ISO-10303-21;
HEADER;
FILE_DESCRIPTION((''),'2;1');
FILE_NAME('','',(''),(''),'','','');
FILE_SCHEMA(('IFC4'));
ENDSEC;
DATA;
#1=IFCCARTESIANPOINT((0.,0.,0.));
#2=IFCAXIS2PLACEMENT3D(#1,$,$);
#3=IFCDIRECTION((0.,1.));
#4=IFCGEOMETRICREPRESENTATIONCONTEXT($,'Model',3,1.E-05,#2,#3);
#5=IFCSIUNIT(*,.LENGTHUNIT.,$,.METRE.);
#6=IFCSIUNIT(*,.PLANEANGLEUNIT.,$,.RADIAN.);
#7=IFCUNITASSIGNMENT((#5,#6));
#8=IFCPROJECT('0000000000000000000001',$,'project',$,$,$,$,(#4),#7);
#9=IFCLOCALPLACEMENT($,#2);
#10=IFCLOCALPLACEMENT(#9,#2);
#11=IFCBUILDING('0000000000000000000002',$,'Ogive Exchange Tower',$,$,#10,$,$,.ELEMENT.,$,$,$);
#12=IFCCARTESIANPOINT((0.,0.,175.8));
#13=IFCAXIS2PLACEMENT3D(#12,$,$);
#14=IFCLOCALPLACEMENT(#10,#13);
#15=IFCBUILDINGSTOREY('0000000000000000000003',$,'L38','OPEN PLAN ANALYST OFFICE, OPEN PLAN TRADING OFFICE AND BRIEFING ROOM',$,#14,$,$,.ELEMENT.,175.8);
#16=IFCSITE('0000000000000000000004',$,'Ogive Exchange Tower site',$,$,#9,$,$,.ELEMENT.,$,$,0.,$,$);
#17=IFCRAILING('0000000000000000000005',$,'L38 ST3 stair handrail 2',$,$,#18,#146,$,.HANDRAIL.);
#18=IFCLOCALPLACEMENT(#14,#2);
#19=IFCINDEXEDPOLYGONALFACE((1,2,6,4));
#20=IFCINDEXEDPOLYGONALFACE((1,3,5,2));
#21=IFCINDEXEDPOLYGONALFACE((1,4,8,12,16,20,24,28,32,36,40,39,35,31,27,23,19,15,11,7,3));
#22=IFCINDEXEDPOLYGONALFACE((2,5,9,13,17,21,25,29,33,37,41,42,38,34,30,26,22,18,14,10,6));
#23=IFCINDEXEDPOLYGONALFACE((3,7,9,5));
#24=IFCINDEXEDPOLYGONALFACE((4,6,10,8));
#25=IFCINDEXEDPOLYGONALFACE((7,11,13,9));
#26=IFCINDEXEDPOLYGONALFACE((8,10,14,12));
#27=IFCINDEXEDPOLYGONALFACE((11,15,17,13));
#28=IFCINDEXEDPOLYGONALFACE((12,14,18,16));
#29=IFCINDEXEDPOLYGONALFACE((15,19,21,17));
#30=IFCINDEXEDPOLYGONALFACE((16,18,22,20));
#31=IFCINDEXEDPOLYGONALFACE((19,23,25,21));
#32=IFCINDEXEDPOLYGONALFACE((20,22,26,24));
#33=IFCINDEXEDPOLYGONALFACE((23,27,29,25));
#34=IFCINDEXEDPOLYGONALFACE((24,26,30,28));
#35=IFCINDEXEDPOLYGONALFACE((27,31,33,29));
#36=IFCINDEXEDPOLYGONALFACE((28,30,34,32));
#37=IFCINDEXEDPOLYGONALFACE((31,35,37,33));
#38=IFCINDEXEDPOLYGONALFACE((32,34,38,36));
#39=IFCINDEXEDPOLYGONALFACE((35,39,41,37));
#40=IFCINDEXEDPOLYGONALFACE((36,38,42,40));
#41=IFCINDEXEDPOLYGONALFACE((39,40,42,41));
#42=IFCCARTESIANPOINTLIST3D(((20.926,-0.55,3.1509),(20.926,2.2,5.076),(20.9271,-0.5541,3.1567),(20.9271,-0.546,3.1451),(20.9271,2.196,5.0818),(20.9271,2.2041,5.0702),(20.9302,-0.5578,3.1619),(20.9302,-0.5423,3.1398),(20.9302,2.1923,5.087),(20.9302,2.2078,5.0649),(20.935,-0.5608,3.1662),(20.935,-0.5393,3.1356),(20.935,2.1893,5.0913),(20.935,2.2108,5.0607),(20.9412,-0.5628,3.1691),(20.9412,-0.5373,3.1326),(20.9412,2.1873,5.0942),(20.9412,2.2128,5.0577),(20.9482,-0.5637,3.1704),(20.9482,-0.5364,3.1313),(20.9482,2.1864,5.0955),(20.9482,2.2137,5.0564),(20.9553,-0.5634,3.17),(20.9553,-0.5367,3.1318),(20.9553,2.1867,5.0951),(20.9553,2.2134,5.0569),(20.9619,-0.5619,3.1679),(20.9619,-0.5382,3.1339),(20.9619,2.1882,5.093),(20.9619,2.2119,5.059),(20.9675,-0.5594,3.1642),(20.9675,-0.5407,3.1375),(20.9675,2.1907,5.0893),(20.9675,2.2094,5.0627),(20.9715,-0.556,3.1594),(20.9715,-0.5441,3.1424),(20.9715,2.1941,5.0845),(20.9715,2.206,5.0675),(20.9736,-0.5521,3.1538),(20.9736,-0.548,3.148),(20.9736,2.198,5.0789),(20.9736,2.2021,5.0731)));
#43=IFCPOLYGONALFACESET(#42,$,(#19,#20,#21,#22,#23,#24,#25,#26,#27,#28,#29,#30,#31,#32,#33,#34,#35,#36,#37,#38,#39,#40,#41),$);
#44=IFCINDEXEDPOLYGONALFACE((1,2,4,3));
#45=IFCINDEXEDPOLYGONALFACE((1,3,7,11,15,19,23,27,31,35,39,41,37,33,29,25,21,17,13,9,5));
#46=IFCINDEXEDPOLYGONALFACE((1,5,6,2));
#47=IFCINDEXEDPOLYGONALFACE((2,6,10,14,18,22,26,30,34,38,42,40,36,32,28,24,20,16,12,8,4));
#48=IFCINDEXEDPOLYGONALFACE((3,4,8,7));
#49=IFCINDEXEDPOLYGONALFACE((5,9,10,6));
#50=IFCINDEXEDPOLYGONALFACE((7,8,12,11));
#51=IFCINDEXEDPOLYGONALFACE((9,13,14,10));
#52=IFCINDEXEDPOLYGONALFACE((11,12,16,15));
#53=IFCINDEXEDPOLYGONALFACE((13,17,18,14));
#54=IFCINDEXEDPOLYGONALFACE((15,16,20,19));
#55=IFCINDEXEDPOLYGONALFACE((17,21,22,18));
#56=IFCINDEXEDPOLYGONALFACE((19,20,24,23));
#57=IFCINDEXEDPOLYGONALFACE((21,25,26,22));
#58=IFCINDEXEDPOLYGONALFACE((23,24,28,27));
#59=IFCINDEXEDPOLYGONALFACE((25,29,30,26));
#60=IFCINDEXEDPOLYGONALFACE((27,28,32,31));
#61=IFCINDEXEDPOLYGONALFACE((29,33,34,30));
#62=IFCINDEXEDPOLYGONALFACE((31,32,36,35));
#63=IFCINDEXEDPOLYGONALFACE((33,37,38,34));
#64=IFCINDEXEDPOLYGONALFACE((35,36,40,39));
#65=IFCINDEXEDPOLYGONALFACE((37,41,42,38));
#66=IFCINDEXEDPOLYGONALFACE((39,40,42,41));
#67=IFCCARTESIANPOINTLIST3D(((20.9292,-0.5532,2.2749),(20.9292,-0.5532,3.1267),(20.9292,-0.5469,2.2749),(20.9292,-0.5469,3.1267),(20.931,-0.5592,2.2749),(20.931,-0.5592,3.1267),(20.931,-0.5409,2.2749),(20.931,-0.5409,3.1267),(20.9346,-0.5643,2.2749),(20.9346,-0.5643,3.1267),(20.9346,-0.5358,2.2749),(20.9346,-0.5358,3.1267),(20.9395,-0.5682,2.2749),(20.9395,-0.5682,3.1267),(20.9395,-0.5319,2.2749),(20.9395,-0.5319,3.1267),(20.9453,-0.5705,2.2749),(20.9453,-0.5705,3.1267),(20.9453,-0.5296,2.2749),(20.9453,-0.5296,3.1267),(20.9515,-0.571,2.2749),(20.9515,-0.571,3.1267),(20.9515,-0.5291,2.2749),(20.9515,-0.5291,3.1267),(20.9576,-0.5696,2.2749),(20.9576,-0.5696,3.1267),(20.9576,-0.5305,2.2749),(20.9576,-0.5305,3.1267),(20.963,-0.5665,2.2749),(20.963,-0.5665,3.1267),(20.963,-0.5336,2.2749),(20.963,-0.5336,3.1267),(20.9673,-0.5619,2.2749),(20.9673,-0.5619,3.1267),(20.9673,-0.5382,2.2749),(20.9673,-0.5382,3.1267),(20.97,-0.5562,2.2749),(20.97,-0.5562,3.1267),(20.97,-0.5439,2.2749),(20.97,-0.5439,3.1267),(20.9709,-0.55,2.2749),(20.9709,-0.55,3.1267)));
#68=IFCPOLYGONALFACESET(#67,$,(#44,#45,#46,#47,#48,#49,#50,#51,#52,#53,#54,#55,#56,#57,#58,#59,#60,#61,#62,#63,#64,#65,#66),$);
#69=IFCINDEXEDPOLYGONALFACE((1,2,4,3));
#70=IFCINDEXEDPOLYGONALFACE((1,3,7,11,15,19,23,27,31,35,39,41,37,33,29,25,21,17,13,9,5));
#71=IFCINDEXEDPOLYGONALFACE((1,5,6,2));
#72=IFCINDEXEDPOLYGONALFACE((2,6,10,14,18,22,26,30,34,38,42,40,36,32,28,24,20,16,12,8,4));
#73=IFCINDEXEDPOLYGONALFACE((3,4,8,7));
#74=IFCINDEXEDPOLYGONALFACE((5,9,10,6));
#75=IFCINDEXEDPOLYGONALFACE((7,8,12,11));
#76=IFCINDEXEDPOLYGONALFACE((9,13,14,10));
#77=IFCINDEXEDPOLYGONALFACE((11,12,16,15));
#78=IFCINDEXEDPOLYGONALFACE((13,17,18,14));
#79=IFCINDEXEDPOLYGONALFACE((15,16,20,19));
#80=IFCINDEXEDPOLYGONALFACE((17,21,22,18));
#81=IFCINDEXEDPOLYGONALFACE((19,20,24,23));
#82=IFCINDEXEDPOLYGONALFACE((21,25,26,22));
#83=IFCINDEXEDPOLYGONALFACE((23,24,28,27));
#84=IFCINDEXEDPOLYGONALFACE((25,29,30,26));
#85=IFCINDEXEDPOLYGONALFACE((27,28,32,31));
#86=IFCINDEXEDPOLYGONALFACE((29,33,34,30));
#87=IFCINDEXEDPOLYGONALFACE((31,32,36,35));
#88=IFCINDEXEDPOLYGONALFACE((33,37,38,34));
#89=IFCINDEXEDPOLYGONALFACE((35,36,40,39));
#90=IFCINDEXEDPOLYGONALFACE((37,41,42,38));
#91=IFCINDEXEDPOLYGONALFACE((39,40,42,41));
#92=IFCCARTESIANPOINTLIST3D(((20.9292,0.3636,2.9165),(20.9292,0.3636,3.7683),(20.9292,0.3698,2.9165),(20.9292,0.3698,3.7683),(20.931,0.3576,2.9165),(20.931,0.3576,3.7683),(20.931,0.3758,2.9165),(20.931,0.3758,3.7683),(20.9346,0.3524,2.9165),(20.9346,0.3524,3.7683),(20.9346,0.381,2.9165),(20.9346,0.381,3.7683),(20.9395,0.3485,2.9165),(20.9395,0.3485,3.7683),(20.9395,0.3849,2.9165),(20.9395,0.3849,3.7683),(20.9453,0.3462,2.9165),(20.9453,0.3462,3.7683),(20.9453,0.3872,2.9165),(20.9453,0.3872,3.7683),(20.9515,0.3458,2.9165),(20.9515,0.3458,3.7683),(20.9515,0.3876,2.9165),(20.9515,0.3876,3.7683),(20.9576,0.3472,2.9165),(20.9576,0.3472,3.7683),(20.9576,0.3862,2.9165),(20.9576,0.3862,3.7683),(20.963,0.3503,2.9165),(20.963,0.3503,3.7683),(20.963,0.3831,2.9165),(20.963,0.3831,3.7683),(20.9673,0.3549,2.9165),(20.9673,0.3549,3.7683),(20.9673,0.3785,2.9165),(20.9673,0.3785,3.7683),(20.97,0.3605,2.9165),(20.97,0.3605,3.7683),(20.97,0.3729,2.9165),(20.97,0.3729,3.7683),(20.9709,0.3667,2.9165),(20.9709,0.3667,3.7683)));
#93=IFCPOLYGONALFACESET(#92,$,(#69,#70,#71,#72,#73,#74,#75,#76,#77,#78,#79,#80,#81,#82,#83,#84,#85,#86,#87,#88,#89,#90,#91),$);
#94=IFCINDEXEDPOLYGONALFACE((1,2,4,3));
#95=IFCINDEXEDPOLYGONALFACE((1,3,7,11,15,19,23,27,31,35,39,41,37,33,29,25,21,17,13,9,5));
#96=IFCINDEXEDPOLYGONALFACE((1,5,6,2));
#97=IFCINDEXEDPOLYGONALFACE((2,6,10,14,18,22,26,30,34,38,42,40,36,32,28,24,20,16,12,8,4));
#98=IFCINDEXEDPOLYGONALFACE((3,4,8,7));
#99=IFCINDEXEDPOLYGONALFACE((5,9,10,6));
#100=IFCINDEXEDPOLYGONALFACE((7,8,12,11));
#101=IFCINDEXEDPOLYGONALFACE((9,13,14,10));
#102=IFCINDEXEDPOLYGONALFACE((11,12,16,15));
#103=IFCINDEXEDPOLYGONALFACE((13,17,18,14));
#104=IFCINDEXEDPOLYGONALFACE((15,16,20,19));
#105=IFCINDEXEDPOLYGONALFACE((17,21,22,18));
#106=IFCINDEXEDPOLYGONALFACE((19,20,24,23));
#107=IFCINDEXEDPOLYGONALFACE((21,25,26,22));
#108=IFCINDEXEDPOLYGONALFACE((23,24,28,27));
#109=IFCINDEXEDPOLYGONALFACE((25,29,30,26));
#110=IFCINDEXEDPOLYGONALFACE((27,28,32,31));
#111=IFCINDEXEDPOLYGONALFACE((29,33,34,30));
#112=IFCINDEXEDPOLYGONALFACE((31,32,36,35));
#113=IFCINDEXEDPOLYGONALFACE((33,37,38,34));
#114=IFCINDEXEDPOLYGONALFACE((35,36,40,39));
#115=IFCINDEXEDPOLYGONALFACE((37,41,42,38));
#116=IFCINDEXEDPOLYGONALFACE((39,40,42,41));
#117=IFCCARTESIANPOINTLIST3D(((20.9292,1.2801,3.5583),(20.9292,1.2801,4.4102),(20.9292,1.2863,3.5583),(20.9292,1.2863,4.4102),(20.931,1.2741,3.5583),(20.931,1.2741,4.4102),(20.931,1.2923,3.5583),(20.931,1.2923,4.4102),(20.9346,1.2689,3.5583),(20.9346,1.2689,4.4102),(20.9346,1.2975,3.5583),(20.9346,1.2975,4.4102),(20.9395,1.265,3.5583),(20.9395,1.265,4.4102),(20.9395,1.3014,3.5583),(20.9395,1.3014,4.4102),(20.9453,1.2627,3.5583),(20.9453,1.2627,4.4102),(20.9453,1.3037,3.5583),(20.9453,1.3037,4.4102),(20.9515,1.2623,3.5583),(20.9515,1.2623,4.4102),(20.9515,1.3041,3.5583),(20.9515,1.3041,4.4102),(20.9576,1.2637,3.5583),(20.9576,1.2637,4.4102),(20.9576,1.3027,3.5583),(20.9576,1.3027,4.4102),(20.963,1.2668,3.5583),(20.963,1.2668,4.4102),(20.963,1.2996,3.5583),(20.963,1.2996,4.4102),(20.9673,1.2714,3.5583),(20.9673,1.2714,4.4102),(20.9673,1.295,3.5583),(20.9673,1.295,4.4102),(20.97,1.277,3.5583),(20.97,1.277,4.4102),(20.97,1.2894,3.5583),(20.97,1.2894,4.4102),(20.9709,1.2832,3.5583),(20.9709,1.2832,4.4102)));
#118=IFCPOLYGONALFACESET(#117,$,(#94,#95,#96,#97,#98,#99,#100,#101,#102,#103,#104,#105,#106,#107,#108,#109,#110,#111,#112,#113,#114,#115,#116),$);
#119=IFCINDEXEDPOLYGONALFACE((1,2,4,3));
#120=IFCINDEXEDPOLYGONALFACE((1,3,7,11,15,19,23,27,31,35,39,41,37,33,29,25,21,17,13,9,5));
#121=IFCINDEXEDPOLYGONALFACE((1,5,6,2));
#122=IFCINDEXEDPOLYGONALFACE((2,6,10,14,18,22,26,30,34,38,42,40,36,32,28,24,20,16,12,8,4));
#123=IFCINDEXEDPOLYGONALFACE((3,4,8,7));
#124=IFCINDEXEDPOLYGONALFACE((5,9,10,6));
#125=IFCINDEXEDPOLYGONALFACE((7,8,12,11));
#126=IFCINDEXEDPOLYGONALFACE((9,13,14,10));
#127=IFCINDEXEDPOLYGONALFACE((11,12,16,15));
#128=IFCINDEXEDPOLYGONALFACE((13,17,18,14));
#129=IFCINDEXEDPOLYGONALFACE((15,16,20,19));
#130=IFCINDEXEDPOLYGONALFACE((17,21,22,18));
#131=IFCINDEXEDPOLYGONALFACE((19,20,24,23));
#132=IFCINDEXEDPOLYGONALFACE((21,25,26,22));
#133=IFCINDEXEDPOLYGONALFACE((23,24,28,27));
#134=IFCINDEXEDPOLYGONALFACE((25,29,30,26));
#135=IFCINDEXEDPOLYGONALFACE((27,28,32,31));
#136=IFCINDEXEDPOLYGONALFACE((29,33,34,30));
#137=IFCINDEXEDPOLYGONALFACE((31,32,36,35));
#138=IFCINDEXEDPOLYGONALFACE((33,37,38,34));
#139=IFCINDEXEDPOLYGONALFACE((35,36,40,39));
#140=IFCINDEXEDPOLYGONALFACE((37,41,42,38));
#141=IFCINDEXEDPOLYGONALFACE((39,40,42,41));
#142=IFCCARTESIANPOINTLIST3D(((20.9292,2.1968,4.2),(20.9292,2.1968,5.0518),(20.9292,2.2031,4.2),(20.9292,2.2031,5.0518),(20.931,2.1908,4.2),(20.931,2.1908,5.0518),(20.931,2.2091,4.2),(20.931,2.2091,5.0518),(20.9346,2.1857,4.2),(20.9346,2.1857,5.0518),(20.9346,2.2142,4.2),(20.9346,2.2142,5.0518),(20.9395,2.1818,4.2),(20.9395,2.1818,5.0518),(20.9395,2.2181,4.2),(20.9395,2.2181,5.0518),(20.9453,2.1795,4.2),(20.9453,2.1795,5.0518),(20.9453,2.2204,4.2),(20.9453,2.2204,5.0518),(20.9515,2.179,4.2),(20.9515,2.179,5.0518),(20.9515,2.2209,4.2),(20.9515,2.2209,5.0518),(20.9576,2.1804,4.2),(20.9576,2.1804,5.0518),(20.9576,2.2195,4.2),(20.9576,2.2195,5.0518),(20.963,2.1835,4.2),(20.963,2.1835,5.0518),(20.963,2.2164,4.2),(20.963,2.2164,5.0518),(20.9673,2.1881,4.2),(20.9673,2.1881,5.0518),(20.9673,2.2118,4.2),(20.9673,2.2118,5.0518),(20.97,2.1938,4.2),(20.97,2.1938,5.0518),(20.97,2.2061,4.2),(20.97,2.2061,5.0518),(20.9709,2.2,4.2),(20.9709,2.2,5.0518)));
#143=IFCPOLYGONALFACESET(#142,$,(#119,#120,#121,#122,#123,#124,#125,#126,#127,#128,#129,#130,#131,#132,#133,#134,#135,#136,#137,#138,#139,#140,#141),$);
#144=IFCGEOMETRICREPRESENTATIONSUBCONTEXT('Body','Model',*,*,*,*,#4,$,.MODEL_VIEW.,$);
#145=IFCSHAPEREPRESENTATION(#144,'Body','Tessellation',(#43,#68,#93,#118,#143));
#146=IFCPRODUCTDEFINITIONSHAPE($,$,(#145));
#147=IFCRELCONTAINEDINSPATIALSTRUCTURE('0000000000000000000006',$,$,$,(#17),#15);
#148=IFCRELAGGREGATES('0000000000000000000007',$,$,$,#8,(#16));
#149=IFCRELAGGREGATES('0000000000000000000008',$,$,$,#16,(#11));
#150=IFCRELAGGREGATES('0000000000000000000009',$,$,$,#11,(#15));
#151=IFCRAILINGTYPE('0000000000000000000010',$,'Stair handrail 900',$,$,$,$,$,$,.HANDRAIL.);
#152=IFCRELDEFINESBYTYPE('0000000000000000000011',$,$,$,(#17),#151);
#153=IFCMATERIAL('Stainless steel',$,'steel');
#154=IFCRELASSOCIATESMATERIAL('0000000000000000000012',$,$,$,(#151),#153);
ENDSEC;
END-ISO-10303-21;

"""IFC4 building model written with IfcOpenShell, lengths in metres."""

from ifc_helpers import new_model, si_unit, direction, frame, origin, origin_2d, place, context, subcontext, project, spatial, circle, extrude, material, type_object, element, save


model = new_model("IFC4")

# Units and contexts
model_context = context("Model", 3, precision=1e-05, world=origin(), true_north=direction((0.0, 1.0)))
body_context = subcontext(model_context, "Body", "Model", "MODEL_VIEW")
ifc_project = project(units=[si_unit("LENGTHUNIT", "METRE"), si_unit("PLANEANGLEUNIT", "RADIAN")], contexts=[model_context])

# Site, building, storey
site_placement = place(None, origin())
site = spatial("IfcSite", under=ifc_project, at=site_placement, Name="Ogive Exchange Tower site", CompositionType="ELEMENT", RefElevation=0.0)
building_placement = place(site_placement, origin())
building = spatial("IfcBuilding", under=site, at=building_placement, Name="Ogive Exchange Tower", CompositionType="ELEMENT")
storey_placement = place(building_placement, frame((0.0, 0.0, 175.8)))
storey = spatial("IfcBuildingStorey", under=building, at=storey_placement, Name="L38", Description="OPEN PLAN ANALYST OFFICE, OPEN PLAN TRADING OFFICE AND BRIEFING ROOM", CompositionType="ELEMENT", Elevation=175.8)

# Shared definitions
ifc_material_1 = material(Name="Stainless steel", Category="steel")

# Railing
railing_type = type_object("IfcRailingType", Name="Stair handrail 900", PredefinedType="HANDRAIL", material=ifc_material_1)
railing_placement = place(storey_placement, frame((20.95, -0.55, 2.2749)))
element("IfcRailing", 1, at=railing_placement, inside=storey, type_object=railing_type, Name="L38 ST3 stair handrail 2", PredefinedType="HANDRAIL", context=body_context, shape_type="SweptSolid", body=[
    extrude(circle(Radius=0.0239, at=origin_2d()), frame((0.0, 0.0, 0.876), z_axis=(0.0, 0.819225, 0.573472), x_axis=(-1.0, 0.0, 0.0)), (0.0, 0.0, 1.0), 3.3569),
    extrude(circle(Radius=0.021, at=origin_2d()), origin(), (0.0, 0.0, 1.0), 0.8518),
    extrude(circle(Radius=0.021, at=origin_2d()), frame((0.0, 0.9167, 0.6416)), (0.0, 0.0, 1.0), 0.8518),
    extrude(circle(Radius=0.021, at=origin_2d()), frame((0.0, 1.8333, 1.2834)), (0.0, 0.0, 1.0), 0.8518),
    extrude(circle(Radius=0.021, at=origin_2d()), frame((0.0, 2.75, 1.925)), (0.0, 0.0, 1.0), 0.8518),
])

save(model, "model.ifc")
